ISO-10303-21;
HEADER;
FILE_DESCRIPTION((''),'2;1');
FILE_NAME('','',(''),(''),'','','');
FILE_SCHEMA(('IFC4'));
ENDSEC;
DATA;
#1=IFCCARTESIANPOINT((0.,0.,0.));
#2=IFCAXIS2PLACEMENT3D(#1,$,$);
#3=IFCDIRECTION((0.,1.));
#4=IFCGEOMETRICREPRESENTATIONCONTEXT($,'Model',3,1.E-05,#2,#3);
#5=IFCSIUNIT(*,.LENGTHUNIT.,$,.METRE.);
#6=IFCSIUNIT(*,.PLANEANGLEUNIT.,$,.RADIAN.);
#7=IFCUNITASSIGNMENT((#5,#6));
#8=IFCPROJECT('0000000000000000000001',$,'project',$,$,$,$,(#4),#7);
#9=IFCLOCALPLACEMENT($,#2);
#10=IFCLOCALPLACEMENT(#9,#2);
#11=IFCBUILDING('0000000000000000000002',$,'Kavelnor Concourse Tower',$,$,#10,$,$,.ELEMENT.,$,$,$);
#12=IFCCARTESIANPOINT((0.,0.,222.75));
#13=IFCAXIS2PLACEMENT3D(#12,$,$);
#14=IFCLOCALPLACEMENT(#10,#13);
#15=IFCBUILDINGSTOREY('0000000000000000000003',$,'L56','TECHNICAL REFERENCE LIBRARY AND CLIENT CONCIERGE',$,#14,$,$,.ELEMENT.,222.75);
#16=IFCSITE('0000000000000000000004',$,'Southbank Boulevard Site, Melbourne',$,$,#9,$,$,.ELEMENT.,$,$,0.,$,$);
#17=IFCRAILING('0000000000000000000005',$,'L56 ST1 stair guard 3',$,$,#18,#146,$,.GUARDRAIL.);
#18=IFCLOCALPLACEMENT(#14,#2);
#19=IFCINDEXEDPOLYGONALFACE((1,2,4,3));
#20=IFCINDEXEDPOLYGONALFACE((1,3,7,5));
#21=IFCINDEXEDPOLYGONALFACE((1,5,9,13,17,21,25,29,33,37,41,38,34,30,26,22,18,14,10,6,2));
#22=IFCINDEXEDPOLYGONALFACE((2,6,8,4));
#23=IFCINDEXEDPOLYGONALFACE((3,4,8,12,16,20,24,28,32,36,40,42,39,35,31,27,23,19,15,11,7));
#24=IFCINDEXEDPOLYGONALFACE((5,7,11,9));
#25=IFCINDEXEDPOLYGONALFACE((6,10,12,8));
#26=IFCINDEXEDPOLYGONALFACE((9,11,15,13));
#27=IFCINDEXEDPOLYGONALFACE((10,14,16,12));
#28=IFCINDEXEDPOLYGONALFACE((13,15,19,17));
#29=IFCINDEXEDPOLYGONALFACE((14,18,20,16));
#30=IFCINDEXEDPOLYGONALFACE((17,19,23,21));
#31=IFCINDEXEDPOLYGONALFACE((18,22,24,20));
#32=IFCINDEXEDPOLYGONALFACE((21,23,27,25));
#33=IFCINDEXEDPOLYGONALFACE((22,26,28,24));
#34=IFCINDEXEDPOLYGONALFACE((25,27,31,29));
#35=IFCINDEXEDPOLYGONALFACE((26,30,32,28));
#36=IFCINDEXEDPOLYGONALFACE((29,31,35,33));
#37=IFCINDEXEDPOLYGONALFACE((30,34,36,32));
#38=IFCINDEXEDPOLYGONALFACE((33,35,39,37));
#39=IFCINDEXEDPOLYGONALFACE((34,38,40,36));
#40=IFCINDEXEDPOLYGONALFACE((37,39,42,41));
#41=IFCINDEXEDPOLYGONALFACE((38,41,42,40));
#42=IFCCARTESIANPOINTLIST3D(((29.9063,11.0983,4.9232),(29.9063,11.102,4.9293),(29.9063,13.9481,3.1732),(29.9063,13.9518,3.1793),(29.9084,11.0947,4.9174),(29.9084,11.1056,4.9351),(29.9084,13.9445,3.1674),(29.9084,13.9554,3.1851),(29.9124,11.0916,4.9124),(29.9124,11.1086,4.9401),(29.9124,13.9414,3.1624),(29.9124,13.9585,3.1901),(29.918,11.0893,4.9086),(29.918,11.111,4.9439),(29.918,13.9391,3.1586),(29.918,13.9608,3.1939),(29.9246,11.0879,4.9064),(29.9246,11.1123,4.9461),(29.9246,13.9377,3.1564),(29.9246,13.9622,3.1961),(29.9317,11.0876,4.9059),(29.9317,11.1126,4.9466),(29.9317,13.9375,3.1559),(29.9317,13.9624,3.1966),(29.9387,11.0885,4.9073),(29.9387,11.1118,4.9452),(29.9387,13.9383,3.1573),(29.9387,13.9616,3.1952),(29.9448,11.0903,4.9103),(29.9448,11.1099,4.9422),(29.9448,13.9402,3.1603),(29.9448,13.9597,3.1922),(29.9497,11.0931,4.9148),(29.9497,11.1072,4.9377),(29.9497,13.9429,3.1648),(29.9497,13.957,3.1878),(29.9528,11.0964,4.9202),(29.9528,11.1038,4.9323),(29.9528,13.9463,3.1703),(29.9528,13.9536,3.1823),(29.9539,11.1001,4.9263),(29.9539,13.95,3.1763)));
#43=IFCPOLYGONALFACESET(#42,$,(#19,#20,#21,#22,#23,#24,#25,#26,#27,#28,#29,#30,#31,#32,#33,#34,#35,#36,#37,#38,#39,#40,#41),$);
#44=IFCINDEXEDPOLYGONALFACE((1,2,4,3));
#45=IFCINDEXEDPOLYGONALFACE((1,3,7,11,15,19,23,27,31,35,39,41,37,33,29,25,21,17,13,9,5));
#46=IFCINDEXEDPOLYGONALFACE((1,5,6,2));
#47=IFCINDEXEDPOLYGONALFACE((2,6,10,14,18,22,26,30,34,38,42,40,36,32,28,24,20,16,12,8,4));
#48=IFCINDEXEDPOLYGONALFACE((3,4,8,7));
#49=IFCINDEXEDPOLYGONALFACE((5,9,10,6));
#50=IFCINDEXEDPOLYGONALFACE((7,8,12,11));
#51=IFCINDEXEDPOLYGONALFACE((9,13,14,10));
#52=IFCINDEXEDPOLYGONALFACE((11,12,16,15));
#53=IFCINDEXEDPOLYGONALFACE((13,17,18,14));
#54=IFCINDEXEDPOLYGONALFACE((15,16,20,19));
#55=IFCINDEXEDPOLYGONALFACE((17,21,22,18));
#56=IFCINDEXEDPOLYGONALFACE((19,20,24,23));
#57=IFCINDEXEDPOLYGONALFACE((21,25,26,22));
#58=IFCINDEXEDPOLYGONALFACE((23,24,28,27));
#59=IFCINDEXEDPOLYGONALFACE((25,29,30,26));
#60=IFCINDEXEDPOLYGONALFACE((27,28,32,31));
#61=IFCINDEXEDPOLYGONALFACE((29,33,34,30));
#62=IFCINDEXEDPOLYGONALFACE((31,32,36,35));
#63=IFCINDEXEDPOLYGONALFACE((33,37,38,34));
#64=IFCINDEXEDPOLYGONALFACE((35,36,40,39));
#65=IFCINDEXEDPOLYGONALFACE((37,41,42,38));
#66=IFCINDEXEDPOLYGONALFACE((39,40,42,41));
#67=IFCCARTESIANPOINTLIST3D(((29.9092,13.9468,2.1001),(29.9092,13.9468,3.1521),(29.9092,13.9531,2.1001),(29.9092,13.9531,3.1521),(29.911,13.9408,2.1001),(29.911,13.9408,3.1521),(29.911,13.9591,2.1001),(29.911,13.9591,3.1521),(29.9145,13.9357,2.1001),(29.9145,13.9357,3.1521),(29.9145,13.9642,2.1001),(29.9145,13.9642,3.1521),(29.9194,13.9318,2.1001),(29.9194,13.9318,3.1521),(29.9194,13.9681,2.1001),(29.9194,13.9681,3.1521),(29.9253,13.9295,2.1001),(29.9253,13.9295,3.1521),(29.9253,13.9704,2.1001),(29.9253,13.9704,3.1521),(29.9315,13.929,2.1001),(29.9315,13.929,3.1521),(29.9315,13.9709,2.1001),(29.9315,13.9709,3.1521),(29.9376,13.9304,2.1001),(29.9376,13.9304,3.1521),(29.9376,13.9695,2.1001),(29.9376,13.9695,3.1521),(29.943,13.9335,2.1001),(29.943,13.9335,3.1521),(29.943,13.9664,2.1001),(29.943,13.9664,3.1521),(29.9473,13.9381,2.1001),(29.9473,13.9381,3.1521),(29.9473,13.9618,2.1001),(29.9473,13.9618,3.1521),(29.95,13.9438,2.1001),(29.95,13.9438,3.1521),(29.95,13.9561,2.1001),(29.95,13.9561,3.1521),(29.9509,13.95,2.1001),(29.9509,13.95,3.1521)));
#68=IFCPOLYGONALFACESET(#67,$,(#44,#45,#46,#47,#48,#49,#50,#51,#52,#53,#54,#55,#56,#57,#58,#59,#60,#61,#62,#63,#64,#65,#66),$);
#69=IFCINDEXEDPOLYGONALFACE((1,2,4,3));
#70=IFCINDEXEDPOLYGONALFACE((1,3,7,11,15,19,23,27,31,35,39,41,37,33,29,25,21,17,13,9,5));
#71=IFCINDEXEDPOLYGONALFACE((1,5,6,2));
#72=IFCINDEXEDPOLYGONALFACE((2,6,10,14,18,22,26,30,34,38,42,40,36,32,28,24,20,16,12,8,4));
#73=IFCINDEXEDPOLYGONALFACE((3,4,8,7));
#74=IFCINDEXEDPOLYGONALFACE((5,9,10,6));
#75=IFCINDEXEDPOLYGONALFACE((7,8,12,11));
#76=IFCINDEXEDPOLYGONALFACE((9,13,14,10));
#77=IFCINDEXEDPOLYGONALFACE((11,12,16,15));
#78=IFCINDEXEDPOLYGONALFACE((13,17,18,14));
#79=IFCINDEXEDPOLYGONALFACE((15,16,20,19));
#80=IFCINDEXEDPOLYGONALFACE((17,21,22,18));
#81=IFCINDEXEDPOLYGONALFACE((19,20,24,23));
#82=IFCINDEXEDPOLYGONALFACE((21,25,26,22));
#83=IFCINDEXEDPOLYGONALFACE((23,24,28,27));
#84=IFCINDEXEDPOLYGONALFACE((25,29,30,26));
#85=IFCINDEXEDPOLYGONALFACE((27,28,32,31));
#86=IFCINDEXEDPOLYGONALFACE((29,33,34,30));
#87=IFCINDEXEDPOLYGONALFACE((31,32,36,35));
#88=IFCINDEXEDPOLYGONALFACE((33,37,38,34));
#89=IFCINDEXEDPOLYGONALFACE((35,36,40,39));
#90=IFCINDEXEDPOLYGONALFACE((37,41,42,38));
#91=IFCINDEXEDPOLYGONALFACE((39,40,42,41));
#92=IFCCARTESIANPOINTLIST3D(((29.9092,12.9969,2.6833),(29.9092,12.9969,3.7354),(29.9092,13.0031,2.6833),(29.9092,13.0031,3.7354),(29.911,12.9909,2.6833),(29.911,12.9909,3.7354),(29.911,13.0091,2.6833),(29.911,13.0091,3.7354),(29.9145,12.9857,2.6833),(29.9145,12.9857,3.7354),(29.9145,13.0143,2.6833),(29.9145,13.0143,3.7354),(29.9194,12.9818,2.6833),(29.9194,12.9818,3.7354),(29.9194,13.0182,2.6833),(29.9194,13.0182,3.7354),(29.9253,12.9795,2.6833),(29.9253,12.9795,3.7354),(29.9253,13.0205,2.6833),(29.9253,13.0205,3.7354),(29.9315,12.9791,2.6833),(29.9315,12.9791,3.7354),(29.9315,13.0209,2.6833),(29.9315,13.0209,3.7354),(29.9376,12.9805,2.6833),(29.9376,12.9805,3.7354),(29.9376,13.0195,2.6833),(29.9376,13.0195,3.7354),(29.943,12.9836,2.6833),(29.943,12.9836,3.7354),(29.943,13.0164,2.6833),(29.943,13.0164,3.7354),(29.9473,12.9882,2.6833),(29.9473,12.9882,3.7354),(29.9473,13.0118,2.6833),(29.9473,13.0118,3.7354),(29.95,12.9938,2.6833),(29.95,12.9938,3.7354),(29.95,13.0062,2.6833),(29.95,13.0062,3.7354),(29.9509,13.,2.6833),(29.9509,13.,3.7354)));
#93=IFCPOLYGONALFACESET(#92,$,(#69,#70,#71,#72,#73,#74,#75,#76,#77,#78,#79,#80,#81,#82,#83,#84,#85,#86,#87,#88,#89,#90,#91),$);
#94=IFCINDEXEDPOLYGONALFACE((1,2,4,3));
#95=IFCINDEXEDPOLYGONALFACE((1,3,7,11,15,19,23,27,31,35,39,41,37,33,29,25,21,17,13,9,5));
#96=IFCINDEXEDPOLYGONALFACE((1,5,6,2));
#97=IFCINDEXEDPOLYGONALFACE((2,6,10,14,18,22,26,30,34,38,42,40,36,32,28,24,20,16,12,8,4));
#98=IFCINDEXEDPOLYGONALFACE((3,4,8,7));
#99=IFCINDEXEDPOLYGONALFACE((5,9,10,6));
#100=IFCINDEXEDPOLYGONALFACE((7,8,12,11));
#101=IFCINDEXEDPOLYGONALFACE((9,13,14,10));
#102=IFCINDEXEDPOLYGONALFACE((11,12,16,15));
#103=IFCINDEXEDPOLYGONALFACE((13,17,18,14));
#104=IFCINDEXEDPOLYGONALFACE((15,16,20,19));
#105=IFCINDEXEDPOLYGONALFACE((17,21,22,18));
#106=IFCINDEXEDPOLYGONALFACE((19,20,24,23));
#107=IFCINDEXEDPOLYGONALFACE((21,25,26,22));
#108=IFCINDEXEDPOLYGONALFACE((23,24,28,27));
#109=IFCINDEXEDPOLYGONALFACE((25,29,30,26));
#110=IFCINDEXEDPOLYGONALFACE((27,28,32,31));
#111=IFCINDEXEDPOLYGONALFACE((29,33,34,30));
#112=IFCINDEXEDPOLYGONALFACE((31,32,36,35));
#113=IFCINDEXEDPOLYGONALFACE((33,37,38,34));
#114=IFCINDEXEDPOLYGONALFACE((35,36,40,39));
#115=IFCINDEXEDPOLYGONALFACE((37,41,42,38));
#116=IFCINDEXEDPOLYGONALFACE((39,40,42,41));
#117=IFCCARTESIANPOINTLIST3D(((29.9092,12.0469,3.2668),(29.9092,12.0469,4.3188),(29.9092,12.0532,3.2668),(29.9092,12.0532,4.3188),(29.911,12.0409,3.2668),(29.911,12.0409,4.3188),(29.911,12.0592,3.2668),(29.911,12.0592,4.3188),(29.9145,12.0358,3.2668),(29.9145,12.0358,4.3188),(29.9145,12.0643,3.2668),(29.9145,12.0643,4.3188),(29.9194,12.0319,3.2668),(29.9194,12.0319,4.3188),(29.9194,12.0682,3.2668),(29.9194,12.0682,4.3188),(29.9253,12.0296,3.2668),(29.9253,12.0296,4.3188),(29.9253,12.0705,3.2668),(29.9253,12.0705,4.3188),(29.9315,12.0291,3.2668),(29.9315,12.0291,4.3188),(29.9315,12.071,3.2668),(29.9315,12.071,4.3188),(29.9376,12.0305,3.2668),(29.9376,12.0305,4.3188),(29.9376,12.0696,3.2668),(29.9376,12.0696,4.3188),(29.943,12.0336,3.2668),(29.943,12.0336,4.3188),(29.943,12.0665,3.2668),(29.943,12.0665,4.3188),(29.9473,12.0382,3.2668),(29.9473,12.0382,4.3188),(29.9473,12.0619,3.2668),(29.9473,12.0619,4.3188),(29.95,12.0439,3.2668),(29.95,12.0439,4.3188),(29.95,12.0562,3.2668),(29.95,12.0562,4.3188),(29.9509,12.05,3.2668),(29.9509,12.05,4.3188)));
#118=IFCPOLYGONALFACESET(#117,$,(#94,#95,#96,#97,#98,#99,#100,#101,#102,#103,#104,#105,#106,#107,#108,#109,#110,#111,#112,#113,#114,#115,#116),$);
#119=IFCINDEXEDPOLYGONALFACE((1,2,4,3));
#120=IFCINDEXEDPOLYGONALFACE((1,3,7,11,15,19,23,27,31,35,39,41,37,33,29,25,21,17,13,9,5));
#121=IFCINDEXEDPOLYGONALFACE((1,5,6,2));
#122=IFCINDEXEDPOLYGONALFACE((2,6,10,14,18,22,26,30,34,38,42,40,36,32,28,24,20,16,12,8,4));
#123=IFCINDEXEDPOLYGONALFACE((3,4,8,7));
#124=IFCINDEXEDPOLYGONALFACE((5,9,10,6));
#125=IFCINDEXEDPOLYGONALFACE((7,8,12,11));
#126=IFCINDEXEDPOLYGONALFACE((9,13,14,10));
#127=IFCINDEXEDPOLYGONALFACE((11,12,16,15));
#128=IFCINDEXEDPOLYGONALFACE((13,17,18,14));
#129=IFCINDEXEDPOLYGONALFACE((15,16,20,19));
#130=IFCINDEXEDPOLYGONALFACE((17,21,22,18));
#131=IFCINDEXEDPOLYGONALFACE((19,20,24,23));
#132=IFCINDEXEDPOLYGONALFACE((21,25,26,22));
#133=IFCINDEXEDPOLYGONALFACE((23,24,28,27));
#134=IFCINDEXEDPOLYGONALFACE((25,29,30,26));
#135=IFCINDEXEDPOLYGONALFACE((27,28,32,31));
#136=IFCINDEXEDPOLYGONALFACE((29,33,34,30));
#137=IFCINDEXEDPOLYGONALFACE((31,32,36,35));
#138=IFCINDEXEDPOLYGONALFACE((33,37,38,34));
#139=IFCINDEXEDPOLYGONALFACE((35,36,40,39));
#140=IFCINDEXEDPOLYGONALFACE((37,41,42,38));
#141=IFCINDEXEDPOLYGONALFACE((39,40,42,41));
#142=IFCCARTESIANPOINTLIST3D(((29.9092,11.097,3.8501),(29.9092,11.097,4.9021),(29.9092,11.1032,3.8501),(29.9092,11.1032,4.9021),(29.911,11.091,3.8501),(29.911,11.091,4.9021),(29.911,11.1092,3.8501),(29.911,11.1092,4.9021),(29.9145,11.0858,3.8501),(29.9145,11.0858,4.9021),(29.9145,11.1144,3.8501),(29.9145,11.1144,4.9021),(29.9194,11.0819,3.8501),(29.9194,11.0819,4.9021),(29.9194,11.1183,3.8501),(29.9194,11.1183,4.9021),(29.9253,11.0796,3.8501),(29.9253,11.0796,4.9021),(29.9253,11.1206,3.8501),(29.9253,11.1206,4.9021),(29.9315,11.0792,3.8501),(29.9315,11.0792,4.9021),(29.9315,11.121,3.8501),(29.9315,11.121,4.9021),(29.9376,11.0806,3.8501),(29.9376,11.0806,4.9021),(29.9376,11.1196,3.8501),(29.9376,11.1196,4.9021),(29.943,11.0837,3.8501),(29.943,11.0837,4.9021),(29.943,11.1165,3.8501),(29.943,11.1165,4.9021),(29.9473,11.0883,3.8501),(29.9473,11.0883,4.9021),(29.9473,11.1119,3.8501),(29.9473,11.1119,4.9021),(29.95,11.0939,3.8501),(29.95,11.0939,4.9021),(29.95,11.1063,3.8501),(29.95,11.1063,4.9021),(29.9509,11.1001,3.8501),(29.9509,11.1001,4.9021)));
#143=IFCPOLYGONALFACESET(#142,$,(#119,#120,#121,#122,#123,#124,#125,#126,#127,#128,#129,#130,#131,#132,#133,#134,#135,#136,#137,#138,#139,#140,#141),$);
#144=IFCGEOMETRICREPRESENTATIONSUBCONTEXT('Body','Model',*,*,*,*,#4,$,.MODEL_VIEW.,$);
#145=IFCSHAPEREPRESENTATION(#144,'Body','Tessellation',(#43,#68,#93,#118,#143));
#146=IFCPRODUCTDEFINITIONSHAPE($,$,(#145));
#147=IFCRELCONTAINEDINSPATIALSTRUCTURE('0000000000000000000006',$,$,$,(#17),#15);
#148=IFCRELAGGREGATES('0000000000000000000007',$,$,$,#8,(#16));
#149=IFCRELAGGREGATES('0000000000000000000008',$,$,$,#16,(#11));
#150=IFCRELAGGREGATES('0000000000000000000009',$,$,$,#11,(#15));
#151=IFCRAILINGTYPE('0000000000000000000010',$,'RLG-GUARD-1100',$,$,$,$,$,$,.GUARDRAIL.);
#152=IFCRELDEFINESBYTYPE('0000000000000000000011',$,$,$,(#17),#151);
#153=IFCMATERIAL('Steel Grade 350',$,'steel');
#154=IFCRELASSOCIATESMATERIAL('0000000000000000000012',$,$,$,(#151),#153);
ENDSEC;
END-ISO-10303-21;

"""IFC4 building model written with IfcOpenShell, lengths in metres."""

from ifc_helpers import new_model, si_unit, direction, frame, origin, origin_2d, place, context, subcontext, project, spatial, circle, extrude, material, type_object, element, save


model = new_model("IFC4")

# Units and contexts
model_context = context("Model", 3, precision=1e-05, world=origin(), true_north=direction((0.0, 1.0)))
body_context = subcontext(model_context, "Body", "Model", "MODEL_VIEW")
ifc_project = project(units=[si_unit("LENGTHUNIT", "METRE"), si_unit("PLANEANGLEUNIT", "RADIAN")], contexts=[model_context])

# Site, building, storey
site_placement = place(None, origin())
site = spatial("IfcSite", under=ifc_project, at=site_placement, Name="Southbank Boulevard Site, Melbourne", CompositionType="ELEMENT", RefElevation=0.0)
building_placement = place(site_placement, origin())
building = spatial("IfcBuilding", under=site, at=building_placement, Name="Kavelnor Concourse Tower", CompositionType="ELEMENT")
storey_placement = place(building_placement, frame((0.0, 0.0, 222.75)))
storey = spatial("IfcBuildingStorey", under=building, at=storey_placement, Name="L56", Description="TECHNICAL REFERENCE LIBRARY AND CLIENT CONCIERGE", CompositionType="ELEMENT", Elevation=222.75)

# Shared definitions
ifc_material_1 = material(Name="Steel Grade 350", Category="steel")

# Railing
railing_type_1 = type_object("IfcRailingType", Name="RLG-GUARD-1100", PredefinedType="GUARDRAIL", material=ifc_material_1)
railing_1_placement = place(storey_placement, frame((29.9299, 13.95, 2.1001)))
element("IfcRailing", 1, at=railing_1_placement, inside=storey, type_object=railing_type_1, Name="L56 ST1 stair guard 3", PredefinedType="GUARDRAIL", context=body_context, shape_type="SweptSolid", body=[
    extrude(circle(Radius=0.0239, at=origin_2d()), frame((0.0, 0.0, 1.0762), z_axis=(0.0, -0.852159, 0.523283), x_axis=(1.0, 0.0, 0.0)), (0.0, 0.0, 1.0), 3.3442),
    extrude(circle(Radius=0.021, at=origin_2d()), origin(), (0.0, 0.0, 1.0), 1.052),
    extrude(circle(Radius=0.021, at=origin_2d()), frame((0.0, -0.95, 0.5833)), (0.0, 0.0, 1.0), 1.052),
    extrude(circle(Radius=0.021, at=origin_2d()), frame((0.0, -1.8999, 1.1667)), (0.0, 0.0, 1.0), 1.052),
    extrude(circle(Radius=0.021, at=origin_2d()), frame((0.0, -2.8499, 1.75)), (0.0, 0.0, 1.0), 1.052),
])

save(model, "model.ifc")
